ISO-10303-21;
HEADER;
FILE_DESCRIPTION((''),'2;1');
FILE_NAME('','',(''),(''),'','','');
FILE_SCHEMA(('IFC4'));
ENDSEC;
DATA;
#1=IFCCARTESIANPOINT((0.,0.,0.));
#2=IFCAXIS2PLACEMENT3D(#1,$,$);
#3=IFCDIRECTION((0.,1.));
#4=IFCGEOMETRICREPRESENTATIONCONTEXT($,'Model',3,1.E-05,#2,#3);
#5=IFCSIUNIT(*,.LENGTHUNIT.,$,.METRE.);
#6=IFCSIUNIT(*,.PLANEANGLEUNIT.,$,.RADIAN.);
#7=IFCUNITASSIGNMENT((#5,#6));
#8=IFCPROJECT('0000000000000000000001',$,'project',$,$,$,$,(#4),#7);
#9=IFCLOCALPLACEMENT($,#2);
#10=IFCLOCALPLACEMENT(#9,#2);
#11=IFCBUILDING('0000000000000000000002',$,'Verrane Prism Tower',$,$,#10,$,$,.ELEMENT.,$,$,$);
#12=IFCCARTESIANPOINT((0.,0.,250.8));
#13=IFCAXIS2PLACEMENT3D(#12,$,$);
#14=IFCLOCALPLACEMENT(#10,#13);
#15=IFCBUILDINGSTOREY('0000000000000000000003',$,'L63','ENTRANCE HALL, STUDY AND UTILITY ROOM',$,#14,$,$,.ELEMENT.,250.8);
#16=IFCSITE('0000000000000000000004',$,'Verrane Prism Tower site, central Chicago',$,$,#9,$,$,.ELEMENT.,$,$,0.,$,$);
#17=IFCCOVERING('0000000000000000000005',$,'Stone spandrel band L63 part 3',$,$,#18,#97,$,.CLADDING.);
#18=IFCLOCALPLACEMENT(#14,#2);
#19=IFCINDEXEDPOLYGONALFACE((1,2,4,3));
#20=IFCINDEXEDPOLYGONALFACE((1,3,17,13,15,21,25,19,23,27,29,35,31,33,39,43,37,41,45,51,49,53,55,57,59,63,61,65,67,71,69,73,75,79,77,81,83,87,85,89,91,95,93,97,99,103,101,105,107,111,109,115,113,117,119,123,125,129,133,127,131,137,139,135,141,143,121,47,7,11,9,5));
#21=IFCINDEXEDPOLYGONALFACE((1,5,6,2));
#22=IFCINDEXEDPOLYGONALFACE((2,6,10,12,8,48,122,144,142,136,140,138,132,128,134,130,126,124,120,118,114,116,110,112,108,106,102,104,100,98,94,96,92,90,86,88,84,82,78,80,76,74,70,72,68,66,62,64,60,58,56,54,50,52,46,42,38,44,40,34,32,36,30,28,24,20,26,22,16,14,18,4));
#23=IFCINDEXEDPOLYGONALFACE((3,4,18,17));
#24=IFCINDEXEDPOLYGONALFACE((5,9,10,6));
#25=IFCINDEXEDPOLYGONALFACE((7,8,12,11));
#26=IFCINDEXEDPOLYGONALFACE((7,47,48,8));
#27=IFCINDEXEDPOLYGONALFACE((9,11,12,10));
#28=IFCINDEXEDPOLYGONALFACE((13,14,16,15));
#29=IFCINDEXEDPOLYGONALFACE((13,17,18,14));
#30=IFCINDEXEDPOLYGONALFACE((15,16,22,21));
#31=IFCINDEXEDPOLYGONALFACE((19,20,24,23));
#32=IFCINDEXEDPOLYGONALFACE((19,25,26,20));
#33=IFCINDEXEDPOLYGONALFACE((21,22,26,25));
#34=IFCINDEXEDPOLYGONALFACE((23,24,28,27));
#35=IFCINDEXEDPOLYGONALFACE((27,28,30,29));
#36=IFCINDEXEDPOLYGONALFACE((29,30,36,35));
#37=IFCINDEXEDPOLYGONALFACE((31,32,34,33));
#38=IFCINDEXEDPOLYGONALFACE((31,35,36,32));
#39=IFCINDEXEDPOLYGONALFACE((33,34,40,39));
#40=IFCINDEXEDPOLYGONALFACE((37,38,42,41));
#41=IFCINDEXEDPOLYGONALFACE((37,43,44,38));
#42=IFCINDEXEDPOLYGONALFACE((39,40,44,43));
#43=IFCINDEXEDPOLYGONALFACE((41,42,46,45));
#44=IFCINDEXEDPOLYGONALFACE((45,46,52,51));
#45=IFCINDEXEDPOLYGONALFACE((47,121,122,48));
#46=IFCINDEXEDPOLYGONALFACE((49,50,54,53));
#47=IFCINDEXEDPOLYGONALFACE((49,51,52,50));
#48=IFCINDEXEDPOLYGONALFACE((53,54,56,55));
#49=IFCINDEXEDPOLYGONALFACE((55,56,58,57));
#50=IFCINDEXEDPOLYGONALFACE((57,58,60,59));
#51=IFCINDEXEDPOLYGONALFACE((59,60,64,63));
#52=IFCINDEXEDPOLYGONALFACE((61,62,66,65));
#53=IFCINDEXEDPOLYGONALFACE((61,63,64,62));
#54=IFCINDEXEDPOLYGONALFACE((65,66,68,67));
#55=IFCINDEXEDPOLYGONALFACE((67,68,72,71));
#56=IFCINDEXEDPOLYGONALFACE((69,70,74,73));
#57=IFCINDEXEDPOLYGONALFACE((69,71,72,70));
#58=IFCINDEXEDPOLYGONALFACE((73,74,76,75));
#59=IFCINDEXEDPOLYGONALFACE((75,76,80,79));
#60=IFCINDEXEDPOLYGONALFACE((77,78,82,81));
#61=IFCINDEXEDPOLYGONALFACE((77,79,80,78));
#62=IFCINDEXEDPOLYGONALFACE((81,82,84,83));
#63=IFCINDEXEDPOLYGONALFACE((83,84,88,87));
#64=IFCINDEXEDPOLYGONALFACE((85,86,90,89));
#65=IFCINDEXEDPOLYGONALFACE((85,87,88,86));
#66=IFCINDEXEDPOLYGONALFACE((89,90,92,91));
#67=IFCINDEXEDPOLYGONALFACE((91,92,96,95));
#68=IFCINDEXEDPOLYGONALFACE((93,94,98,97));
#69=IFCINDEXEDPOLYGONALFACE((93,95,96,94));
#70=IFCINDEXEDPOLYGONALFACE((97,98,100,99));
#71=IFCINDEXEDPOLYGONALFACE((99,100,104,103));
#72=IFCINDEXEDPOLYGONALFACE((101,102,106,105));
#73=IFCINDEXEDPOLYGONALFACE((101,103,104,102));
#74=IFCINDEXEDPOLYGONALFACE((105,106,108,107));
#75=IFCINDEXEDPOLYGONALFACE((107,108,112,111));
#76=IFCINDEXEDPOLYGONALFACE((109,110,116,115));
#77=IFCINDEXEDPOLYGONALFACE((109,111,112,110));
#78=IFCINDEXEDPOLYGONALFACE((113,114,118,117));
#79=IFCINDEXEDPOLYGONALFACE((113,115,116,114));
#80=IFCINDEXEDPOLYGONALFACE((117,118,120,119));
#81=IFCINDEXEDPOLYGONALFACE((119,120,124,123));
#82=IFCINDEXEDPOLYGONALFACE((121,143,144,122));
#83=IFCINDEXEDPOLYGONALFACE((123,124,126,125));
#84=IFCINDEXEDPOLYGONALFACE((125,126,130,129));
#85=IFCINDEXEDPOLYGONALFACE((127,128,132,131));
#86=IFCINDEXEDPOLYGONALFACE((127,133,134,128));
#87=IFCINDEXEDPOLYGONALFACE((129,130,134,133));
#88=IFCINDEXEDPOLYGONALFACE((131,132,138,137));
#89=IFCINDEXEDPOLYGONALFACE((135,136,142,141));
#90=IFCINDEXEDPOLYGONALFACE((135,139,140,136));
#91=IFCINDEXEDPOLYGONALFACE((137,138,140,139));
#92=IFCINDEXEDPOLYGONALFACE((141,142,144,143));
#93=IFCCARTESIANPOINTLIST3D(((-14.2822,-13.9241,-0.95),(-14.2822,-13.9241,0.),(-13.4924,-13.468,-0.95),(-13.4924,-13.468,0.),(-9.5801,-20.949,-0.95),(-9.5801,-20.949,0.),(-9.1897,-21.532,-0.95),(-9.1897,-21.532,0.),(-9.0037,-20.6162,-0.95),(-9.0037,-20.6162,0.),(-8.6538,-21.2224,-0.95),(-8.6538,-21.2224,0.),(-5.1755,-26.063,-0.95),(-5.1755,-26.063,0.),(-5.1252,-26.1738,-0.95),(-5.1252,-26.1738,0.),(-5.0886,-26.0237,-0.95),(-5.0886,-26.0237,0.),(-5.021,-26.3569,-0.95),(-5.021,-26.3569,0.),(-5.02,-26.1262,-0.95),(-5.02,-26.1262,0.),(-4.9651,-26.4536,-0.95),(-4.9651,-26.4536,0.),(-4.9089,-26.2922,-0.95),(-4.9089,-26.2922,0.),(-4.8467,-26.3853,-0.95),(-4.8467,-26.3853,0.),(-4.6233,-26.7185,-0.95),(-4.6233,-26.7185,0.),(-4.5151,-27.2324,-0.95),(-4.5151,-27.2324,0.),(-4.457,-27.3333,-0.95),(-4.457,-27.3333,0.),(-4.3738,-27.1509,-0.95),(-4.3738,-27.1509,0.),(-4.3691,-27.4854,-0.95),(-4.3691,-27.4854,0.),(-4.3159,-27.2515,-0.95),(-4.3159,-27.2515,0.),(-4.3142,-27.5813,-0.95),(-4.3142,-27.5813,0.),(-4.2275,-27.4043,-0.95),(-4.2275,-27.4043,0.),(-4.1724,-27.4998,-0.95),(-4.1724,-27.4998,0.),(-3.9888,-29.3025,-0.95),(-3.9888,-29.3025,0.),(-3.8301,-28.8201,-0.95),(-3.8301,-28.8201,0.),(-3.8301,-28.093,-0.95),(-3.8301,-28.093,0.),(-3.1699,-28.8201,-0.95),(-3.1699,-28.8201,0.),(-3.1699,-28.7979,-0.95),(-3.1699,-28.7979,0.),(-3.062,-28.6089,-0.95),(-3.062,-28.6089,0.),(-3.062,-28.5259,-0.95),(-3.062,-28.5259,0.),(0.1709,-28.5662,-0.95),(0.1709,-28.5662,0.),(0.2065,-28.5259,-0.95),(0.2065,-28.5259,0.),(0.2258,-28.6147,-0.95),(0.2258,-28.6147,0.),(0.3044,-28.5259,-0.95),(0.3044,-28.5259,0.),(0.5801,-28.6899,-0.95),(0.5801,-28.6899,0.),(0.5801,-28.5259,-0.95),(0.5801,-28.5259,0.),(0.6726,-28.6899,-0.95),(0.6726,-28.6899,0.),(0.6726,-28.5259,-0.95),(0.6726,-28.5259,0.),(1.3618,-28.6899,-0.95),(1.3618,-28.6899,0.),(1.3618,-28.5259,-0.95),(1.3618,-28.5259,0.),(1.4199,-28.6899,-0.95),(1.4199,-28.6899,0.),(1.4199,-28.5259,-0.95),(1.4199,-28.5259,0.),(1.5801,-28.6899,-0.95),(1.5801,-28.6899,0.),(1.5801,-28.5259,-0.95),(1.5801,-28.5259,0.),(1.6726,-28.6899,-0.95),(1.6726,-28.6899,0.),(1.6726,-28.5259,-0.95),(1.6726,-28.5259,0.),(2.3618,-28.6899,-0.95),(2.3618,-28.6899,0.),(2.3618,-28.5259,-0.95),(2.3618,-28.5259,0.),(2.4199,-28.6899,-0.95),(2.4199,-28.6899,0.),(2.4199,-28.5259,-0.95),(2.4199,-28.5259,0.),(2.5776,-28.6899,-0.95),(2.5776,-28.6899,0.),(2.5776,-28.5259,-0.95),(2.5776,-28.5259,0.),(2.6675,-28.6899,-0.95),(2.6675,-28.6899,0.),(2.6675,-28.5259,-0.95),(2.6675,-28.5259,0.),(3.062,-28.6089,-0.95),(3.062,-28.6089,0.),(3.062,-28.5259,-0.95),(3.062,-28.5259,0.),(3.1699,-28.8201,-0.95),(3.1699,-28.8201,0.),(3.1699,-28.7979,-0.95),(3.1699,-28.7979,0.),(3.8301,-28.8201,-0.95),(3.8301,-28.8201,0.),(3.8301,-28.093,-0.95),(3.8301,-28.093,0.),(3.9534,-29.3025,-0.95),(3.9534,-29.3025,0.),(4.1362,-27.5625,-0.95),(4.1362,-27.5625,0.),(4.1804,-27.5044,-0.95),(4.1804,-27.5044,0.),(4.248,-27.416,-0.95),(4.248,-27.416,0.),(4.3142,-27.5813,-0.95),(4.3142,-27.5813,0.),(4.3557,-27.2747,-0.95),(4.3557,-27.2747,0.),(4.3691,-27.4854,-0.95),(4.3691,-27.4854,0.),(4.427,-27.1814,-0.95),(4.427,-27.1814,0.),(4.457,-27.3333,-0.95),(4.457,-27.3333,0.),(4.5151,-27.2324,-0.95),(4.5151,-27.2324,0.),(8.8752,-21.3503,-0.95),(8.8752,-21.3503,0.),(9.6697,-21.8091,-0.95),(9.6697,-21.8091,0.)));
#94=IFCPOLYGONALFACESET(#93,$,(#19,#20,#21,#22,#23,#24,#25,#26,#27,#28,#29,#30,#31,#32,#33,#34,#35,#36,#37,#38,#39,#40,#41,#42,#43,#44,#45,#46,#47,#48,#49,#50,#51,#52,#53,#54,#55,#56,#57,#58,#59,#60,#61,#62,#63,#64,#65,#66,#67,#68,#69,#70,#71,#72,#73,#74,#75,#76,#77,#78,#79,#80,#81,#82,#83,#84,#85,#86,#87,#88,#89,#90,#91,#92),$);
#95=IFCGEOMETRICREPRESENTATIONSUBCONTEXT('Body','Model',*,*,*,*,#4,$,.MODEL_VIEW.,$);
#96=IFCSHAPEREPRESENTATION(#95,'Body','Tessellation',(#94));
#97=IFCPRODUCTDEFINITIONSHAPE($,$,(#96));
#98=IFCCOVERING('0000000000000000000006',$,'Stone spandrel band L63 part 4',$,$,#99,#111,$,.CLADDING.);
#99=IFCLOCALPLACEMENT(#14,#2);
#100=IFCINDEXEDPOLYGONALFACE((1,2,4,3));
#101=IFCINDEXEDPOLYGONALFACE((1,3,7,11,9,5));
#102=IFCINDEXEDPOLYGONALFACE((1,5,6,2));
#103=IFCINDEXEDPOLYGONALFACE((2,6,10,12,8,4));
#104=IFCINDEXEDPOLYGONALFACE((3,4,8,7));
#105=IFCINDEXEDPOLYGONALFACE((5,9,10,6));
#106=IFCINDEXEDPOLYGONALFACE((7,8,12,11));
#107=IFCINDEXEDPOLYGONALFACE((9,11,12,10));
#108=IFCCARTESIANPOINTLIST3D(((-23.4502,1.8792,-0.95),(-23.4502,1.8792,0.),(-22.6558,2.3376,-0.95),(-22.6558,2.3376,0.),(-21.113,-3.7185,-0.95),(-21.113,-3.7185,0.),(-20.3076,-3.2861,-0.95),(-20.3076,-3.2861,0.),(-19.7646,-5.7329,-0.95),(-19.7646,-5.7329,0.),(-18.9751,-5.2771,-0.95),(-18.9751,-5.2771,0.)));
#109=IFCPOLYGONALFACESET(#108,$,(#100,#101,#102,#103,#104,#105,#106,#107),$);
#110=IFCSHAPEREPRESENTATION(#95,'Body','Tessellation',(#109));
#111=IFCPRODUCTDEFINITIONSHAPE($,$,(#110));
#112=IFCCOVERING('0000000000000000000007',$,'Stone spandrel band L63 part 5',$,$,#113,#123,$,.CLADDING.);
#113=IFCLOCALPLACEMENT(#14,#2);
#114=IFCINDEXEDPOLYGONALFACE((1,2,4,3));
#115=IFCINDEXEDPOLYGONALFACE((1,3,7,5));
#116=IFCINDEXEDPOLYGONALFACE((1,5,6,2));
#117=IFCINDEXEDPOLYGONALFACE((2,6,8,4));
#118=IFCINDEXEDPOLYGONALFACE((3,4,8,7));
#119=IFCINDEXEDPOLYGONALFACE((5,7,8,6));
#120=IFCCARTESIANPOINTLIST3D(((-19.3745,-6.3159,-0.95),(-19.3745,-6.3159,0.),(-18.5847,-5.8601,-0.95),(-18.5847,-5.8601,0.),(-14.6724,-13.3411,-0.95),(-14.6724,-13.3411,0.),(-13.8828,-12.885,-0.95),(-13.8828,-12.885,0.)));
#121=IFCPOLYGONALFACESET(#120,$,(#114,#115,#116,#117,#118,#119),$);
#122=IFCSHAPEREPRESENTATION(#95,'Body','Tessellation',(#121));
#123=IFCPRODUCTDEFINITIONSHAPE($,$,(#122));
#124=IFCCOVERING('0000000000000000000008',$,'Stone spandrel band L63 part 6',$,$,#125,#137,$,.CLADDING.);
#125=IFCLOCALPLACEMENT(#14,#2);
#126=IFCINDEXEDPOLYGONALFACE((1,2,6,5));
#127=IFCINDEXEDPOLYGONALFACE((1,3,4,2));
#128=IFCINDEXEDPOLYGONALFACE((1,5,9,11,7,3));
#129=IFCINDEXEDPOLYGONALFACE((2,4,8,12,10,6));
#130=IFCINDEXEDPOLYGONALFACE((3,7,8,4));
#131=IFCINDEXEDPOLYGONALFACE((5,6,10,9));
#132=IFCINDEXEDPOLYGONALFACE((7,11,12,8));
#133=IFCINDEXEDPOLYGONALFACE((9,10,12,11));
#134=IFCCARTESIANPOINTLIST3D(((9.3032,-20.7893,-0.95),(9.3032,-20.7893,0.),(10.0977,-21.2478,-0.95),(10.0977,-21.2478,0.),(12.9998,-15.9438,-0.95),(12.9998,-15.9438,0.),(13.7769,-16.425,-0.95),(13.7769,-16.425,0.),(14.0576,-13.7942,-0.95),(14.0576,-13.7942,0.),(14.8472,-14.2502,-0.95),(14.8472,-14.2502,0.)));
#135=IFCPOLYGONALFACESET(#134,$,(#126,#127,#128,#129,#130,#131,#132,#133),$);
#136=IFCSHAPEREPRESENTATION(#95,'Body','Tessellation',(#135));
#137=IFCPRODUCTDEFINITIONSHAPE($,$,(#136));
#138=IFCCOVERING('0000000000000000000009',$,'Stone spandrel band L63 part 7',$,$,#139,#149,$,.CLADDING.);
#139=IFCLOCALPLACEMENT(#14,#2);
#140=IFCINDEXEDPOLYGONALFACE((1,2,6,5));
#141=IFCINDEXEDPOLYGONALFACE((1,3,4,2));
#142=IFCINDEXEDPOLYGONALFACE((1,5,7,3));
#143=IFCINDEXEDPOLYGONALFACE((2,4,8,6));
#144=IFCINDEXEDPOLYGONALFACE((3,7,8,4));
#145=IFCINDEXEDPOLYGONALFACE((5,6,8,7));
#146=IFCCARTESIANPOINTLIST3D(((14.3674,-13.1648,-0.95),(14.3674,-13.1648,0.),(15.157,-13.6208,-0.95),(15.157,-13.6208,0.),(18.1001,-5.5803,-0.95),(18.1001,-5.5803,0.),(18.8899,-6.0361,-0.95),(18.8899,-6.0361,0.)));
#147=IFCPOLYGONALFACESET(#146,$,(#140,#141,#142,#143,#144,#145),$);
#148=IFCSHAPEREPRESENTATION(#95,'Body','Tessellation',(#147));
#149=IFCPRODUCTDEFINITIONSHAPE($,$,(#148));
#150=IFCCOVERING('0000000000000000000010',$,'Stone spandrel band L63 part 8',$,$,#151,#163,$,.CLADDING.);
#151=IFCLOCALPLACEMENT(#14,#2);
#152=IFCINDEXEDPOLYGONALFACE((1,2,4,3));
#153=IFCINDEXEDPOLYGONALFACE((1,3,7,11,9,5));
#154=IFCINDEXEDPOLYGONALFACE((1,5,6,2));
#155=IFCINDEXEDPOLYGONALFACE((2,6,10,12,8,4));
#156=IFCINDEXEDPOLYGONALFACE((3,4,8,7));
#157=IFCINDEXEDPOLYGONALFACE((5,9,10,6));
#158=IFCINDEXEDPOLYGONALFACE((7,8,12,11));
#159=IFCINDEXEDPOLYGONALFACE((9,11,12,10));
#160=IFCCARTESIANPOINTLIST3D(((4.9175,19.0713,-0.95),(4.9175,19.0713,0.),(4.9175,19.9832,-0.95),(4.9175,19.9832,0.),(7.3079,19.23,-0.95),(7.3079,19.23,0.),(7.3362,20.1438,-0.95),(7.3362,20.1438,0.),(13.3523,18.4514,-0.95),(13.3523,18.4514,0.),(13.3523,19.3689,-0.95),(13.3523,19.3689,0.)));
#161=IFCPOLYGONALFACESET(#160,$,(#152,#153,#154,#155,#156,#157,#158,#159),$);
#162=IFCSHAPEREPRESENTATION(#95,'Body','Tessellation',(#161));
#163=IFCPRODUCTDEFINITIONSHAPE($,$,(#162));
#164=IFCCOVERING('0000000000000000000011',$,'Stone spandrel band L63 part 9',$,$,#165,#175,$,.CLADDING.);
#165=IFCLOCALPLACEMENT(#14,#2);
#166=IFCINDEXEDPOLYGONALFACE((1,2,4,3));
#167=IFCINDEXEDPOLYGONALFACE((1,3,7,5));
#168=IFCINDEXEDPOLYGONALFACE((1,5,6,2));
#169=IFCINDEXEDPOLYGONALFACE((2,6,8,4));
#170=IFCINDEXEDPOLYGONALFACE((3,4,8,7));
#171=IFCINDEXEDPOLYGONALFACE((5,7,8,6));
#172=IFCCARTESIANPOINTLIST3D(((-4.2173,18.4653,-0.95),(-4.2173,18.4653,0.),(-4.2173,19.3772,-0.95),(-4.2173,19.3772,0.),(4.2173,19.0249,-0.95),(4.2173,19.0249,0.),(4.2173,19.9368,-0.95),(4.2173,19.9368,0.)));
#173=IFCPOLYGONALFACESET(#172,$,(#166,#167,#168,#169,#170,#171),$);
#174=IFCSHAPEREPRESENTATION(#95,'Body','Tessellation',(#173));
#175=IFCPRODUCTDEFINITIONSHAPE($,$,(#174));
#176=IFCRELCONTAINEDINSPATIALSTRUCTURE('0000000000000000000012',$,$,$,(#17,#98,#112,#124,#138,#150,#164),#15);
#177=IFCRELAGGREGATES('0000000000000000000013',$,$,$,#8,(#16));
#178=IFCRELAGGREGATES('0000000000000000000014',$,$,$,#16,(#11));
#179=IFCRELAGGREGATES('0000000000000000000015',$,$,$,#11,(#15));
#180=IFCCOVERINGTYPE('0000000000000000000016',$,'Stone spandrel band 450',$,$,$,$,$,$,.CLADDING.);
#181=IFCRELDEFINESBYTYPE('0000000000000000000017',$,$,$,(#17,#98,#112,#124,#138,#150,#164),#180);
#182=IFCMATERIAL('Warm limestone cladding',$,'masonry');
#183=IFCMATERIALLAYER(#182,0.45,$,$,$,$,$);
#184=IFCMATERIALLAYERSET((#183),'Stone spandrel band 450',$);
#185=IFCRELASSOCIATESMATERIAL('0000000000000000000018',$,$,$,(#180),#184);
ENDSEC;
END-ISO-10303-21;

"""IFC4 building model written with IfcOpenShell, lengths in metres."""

from ifc_helpers import new_model, si_unit, direction, frame, origin, place, context, subcontext, project, spatial, polyline, outline, extrude, material, layer, layer_set, type_object, element, save


model = new_model("IFC4")

# Units and contexts
model_context = context("Model", 3, precision=1e-05, world=origin(), true_north=direction((0.0, 1.0)))
body_context = subcontext(model_context, "Body", "Model", "MODEL_VIEW")
ifc_project = project(units=[si_unit("LENGTHUNIT", "METRE"), si_unit("PLANEANGLEUNIT", "RADIAN")], contexts=[model_context])

# Site, building, storey
site_placement = place(None, origin())
site = spatial("IfcSite", under=ifc_project, at=site_placement, Name="Verrane Prism Tower site, central Chicago", CompositionType="ELEMENT", RefElevation=0.0)
building_placement = place(site_placement, origin())
building = spatial("IfcBuilding", under=site, at=building_placement, Name="Verrane Prism Tower", CompositionType="ELEMENT")
storey_placement = place(building_placement, frame((0.0, 0.0, 250.8)))
storey = spatial("IfcBuildingStorey", under=building, at=storey_placement, Name="L63", Description="ENTRANCE HALL, STUDY AND UTILITY ROOM", CompositionType="ELEMENT", Elevation=250.8)

# Coverings
ifc_material_1 = material(Name="Warm limestone cladding", Category="masonry")
ifc_layer_1 = layer(ifc_material_1, 0.45)
ifc_layer_set_1 = layer_set([ifc_layer_1], Name="Stone spandrel band 450")
covering_type = type_object("IfcCoveringType", Name="Stone spandrel band 450", PredefinedType="CLADDING", material=ifc_layer_set_1)
covering_1_placement = place(storey_placement, frame((0.0, 0.0, -0.95)))
element("IfcCovering", 1, at=covering_1_placement, inside=storey, type_object=covering_type, Name="Stone spandrel band L63 part 3", PredefinedType="CLADDING", context=body_context, shape_type="SweptSolid", body=[
    extrude(outline(polyline([(3.9534, -29.3025), (9.6697, -21.8091), (8.8752, -21.3503), (4.427, -27.1814), (4.5151, -27.2324), (4.457, -27.3333), (4.3557, -27.2747), (4.248, -27.416), (4.3691, -27.4854), (4.3142, -27.5813), (4.1804, -27.5044), (4.1362, -27.5625), (3.8301, -28.093), (3.8301, -28.8201), (3.1699, -28.8201), (3.1699, -28.7979), (3.062, -28.6089), (3.062, -28.5259), (2.6675, -28.5259), (2.6675, -28.6899), (2.5776, -28.6899), (2.5776, -28.5259), (2.4199, -28.5259), (2.4199, -28.6899), (2.3618, -28.6899), (2.3618, -28.5259), (1.6726, -28.5259), (1.6726, -28.6899), (1.5801, -28.6899), (1.5801, -28.5259), (1.4199, -28.5259), (1.4199, -28.6899), (1.3618, -28.6899), (1.3618, -28.5259), (0.6726, -28.5259), (0.6726, -28.6899), (0.5801, -28.6899), (0.5801, -28.5259), (0.3044, -28.5259), (0.2258, -28.6147), (0.1709, -28.5662), (0.2065, -28.5259), (-3.062, -28.5259), (-3.062, -28.6089), (-3.1699, -28.7979), (-3.1699, -28.8201), (-3.8301, -28.8201), (-3.8301, -28.093), (-4.1724, -27.4998), (-4.3142, -27.5813), (-4.3691, -27.4854), (-4.2275, -27.4043), (-4.3159, -27.2515), (-4.457, -27.3333), (-4.5151, -27.2324), (-4.3738, -27.1509), (-4.6233, -26.7185), (-4.8467, -26.3853), (-4.9651, -26.4536), (-5.021, -26.3569), (-4.9089, -26.2922), (-5.02, -26.1262), (-5.1252, -26.1738), (-5.1755, -26.063), (-5.0886, -26.0237), (-13.4924, -13.468), (-14.2822, -13.9241), (-9.5801, -20.949), (-9.0037, -20.6162), (-8.6538, -21.2224), (-9.1897, -21.532), (-3.9888, -29.3025), (3.9534, -29.3025)])), origin(), (0.0, 0.0, 1.0), 0.95),
])
covering_2_placement = place(storey_placement, frame((0.0, 0.0, -0.95)))
element("IfcCovering", 2, at=covering_2_placement, inside=storey, type_object=covering_type, Name="Stone spandrel band L63 part 4", PredefinedType="CLADDING", context=body_context, shape_type="SweptSolid", body=[
    extrude(outline(polyline([(-19.7646, -5.7329), (-18.9751, -5.2771), (-20.3076, -3.2861), (-22.6558, 2.3376), (-23.4502, 1.8792), (-21.113, -3.7185), (-19.7646, -5.7329)])), origin(), (0.0, 0.0, 1.0), 0.95),
])
covering_3_placement = place(storey_placement, frame((0.0, 0.0, -0.95)))
element("IfcCovering", 3, at=covering_3_placement, inside=storey, type_object=covering_type, Name="Stone spandrel band L63 part 5", PredefinedType="CLADDING", context=body_context, shape_type="SweptSolid", body=[
    extrude(outline(polyline([(-14.6724, -13.3411), (-13.8828, -12.885), (-18.5847, -5.8601), (-19.3745, -6.3159), (-14.6724, -13.3411)])), origin(), (0.0, 0.0, 1.0), 0.95),
])
covering_4_placement = place(storey_placement, frame((0.0, 0.0, -0.95)))
element("IfcCovering", 4, at=covering_4_placement, inside=storey, type_object=covering_type, Name="Stone spandrel band L63 part 6", PredefinedType="CLADDING", context=body_context, shape_type="SweptSolid", body=[
    extrude(outline(polyline([(14.8472, -14.2502), (14.0576, -13.7942), (12.9998, -15.9438), (9.3032, -20.7893), (10.0977, -21.2478), (13.7769, -16.425), (14.8472, -14.2502)])), origin(), (0.0, 0.0, 1.0), 0.95),
])
covering_5_placement = place(storey_placement, frame((0.0, 0.0, -0.95)))
element("IfcCovering", 5, at=covering_5_placement, inside=storey, type_object=covering_type, Name="Stone spandrel band L63 part 7", PredefinedType="CLADDING", context=body_context, shape_type="SweptSolid", body=[
    extrude(outline(polyline([(18.1001, -5.5803), (14.3674, -13.1648), (15.157, -13.6208), (18.8899, -6.0361), (18.1001, -5.5803)])), origin(), (0.0, 0.0, 1.0), 0.95),
])
covering_6_placement = place(storey_placement, frame((0.0, 0.0, -0.95)))
element("IfcCovering", 6, at=covering_6_placement, inside=storey, type_object=covering_type, Name="Stone spandrel band L63 part 8", PredefinedType="CLADDING", context=body_context, shape_type="SweptSolid", body=[
    extrude(outline(polyline([(4.9175, 19.9832), (4.9175, 19.0713), (7.3079, 19.23), (13.3523, 18.4514), (13.3523, 19.3689), (7.3362, 20.1438), (4.9175, 19.9832)])), origin(), (0.0, 0.0, 1.0), 0.95),
])
covering_7_placement = place(storey_placement, frame((0.0, 0.0, -0.95)))
element("IfcCovering", 7, at=covering_7_placement, inside=storey, type_object=covering_type, Name="Stone spandrel band L63 part 9", PredefinedType="CLADDING", context=body_context, shape_type="SweptSolid", body=[
    extrude(outline(polyline([(-4.2173, 18.4653), (4.2173, 19.0249), (4.2173, 19.9368), (-4.2173, 19.3772), (-4.2173, 18.4653)])), origin(), (0.0, 0.0, 1.0), 0.95),
])

save(model, "model.ifc")
